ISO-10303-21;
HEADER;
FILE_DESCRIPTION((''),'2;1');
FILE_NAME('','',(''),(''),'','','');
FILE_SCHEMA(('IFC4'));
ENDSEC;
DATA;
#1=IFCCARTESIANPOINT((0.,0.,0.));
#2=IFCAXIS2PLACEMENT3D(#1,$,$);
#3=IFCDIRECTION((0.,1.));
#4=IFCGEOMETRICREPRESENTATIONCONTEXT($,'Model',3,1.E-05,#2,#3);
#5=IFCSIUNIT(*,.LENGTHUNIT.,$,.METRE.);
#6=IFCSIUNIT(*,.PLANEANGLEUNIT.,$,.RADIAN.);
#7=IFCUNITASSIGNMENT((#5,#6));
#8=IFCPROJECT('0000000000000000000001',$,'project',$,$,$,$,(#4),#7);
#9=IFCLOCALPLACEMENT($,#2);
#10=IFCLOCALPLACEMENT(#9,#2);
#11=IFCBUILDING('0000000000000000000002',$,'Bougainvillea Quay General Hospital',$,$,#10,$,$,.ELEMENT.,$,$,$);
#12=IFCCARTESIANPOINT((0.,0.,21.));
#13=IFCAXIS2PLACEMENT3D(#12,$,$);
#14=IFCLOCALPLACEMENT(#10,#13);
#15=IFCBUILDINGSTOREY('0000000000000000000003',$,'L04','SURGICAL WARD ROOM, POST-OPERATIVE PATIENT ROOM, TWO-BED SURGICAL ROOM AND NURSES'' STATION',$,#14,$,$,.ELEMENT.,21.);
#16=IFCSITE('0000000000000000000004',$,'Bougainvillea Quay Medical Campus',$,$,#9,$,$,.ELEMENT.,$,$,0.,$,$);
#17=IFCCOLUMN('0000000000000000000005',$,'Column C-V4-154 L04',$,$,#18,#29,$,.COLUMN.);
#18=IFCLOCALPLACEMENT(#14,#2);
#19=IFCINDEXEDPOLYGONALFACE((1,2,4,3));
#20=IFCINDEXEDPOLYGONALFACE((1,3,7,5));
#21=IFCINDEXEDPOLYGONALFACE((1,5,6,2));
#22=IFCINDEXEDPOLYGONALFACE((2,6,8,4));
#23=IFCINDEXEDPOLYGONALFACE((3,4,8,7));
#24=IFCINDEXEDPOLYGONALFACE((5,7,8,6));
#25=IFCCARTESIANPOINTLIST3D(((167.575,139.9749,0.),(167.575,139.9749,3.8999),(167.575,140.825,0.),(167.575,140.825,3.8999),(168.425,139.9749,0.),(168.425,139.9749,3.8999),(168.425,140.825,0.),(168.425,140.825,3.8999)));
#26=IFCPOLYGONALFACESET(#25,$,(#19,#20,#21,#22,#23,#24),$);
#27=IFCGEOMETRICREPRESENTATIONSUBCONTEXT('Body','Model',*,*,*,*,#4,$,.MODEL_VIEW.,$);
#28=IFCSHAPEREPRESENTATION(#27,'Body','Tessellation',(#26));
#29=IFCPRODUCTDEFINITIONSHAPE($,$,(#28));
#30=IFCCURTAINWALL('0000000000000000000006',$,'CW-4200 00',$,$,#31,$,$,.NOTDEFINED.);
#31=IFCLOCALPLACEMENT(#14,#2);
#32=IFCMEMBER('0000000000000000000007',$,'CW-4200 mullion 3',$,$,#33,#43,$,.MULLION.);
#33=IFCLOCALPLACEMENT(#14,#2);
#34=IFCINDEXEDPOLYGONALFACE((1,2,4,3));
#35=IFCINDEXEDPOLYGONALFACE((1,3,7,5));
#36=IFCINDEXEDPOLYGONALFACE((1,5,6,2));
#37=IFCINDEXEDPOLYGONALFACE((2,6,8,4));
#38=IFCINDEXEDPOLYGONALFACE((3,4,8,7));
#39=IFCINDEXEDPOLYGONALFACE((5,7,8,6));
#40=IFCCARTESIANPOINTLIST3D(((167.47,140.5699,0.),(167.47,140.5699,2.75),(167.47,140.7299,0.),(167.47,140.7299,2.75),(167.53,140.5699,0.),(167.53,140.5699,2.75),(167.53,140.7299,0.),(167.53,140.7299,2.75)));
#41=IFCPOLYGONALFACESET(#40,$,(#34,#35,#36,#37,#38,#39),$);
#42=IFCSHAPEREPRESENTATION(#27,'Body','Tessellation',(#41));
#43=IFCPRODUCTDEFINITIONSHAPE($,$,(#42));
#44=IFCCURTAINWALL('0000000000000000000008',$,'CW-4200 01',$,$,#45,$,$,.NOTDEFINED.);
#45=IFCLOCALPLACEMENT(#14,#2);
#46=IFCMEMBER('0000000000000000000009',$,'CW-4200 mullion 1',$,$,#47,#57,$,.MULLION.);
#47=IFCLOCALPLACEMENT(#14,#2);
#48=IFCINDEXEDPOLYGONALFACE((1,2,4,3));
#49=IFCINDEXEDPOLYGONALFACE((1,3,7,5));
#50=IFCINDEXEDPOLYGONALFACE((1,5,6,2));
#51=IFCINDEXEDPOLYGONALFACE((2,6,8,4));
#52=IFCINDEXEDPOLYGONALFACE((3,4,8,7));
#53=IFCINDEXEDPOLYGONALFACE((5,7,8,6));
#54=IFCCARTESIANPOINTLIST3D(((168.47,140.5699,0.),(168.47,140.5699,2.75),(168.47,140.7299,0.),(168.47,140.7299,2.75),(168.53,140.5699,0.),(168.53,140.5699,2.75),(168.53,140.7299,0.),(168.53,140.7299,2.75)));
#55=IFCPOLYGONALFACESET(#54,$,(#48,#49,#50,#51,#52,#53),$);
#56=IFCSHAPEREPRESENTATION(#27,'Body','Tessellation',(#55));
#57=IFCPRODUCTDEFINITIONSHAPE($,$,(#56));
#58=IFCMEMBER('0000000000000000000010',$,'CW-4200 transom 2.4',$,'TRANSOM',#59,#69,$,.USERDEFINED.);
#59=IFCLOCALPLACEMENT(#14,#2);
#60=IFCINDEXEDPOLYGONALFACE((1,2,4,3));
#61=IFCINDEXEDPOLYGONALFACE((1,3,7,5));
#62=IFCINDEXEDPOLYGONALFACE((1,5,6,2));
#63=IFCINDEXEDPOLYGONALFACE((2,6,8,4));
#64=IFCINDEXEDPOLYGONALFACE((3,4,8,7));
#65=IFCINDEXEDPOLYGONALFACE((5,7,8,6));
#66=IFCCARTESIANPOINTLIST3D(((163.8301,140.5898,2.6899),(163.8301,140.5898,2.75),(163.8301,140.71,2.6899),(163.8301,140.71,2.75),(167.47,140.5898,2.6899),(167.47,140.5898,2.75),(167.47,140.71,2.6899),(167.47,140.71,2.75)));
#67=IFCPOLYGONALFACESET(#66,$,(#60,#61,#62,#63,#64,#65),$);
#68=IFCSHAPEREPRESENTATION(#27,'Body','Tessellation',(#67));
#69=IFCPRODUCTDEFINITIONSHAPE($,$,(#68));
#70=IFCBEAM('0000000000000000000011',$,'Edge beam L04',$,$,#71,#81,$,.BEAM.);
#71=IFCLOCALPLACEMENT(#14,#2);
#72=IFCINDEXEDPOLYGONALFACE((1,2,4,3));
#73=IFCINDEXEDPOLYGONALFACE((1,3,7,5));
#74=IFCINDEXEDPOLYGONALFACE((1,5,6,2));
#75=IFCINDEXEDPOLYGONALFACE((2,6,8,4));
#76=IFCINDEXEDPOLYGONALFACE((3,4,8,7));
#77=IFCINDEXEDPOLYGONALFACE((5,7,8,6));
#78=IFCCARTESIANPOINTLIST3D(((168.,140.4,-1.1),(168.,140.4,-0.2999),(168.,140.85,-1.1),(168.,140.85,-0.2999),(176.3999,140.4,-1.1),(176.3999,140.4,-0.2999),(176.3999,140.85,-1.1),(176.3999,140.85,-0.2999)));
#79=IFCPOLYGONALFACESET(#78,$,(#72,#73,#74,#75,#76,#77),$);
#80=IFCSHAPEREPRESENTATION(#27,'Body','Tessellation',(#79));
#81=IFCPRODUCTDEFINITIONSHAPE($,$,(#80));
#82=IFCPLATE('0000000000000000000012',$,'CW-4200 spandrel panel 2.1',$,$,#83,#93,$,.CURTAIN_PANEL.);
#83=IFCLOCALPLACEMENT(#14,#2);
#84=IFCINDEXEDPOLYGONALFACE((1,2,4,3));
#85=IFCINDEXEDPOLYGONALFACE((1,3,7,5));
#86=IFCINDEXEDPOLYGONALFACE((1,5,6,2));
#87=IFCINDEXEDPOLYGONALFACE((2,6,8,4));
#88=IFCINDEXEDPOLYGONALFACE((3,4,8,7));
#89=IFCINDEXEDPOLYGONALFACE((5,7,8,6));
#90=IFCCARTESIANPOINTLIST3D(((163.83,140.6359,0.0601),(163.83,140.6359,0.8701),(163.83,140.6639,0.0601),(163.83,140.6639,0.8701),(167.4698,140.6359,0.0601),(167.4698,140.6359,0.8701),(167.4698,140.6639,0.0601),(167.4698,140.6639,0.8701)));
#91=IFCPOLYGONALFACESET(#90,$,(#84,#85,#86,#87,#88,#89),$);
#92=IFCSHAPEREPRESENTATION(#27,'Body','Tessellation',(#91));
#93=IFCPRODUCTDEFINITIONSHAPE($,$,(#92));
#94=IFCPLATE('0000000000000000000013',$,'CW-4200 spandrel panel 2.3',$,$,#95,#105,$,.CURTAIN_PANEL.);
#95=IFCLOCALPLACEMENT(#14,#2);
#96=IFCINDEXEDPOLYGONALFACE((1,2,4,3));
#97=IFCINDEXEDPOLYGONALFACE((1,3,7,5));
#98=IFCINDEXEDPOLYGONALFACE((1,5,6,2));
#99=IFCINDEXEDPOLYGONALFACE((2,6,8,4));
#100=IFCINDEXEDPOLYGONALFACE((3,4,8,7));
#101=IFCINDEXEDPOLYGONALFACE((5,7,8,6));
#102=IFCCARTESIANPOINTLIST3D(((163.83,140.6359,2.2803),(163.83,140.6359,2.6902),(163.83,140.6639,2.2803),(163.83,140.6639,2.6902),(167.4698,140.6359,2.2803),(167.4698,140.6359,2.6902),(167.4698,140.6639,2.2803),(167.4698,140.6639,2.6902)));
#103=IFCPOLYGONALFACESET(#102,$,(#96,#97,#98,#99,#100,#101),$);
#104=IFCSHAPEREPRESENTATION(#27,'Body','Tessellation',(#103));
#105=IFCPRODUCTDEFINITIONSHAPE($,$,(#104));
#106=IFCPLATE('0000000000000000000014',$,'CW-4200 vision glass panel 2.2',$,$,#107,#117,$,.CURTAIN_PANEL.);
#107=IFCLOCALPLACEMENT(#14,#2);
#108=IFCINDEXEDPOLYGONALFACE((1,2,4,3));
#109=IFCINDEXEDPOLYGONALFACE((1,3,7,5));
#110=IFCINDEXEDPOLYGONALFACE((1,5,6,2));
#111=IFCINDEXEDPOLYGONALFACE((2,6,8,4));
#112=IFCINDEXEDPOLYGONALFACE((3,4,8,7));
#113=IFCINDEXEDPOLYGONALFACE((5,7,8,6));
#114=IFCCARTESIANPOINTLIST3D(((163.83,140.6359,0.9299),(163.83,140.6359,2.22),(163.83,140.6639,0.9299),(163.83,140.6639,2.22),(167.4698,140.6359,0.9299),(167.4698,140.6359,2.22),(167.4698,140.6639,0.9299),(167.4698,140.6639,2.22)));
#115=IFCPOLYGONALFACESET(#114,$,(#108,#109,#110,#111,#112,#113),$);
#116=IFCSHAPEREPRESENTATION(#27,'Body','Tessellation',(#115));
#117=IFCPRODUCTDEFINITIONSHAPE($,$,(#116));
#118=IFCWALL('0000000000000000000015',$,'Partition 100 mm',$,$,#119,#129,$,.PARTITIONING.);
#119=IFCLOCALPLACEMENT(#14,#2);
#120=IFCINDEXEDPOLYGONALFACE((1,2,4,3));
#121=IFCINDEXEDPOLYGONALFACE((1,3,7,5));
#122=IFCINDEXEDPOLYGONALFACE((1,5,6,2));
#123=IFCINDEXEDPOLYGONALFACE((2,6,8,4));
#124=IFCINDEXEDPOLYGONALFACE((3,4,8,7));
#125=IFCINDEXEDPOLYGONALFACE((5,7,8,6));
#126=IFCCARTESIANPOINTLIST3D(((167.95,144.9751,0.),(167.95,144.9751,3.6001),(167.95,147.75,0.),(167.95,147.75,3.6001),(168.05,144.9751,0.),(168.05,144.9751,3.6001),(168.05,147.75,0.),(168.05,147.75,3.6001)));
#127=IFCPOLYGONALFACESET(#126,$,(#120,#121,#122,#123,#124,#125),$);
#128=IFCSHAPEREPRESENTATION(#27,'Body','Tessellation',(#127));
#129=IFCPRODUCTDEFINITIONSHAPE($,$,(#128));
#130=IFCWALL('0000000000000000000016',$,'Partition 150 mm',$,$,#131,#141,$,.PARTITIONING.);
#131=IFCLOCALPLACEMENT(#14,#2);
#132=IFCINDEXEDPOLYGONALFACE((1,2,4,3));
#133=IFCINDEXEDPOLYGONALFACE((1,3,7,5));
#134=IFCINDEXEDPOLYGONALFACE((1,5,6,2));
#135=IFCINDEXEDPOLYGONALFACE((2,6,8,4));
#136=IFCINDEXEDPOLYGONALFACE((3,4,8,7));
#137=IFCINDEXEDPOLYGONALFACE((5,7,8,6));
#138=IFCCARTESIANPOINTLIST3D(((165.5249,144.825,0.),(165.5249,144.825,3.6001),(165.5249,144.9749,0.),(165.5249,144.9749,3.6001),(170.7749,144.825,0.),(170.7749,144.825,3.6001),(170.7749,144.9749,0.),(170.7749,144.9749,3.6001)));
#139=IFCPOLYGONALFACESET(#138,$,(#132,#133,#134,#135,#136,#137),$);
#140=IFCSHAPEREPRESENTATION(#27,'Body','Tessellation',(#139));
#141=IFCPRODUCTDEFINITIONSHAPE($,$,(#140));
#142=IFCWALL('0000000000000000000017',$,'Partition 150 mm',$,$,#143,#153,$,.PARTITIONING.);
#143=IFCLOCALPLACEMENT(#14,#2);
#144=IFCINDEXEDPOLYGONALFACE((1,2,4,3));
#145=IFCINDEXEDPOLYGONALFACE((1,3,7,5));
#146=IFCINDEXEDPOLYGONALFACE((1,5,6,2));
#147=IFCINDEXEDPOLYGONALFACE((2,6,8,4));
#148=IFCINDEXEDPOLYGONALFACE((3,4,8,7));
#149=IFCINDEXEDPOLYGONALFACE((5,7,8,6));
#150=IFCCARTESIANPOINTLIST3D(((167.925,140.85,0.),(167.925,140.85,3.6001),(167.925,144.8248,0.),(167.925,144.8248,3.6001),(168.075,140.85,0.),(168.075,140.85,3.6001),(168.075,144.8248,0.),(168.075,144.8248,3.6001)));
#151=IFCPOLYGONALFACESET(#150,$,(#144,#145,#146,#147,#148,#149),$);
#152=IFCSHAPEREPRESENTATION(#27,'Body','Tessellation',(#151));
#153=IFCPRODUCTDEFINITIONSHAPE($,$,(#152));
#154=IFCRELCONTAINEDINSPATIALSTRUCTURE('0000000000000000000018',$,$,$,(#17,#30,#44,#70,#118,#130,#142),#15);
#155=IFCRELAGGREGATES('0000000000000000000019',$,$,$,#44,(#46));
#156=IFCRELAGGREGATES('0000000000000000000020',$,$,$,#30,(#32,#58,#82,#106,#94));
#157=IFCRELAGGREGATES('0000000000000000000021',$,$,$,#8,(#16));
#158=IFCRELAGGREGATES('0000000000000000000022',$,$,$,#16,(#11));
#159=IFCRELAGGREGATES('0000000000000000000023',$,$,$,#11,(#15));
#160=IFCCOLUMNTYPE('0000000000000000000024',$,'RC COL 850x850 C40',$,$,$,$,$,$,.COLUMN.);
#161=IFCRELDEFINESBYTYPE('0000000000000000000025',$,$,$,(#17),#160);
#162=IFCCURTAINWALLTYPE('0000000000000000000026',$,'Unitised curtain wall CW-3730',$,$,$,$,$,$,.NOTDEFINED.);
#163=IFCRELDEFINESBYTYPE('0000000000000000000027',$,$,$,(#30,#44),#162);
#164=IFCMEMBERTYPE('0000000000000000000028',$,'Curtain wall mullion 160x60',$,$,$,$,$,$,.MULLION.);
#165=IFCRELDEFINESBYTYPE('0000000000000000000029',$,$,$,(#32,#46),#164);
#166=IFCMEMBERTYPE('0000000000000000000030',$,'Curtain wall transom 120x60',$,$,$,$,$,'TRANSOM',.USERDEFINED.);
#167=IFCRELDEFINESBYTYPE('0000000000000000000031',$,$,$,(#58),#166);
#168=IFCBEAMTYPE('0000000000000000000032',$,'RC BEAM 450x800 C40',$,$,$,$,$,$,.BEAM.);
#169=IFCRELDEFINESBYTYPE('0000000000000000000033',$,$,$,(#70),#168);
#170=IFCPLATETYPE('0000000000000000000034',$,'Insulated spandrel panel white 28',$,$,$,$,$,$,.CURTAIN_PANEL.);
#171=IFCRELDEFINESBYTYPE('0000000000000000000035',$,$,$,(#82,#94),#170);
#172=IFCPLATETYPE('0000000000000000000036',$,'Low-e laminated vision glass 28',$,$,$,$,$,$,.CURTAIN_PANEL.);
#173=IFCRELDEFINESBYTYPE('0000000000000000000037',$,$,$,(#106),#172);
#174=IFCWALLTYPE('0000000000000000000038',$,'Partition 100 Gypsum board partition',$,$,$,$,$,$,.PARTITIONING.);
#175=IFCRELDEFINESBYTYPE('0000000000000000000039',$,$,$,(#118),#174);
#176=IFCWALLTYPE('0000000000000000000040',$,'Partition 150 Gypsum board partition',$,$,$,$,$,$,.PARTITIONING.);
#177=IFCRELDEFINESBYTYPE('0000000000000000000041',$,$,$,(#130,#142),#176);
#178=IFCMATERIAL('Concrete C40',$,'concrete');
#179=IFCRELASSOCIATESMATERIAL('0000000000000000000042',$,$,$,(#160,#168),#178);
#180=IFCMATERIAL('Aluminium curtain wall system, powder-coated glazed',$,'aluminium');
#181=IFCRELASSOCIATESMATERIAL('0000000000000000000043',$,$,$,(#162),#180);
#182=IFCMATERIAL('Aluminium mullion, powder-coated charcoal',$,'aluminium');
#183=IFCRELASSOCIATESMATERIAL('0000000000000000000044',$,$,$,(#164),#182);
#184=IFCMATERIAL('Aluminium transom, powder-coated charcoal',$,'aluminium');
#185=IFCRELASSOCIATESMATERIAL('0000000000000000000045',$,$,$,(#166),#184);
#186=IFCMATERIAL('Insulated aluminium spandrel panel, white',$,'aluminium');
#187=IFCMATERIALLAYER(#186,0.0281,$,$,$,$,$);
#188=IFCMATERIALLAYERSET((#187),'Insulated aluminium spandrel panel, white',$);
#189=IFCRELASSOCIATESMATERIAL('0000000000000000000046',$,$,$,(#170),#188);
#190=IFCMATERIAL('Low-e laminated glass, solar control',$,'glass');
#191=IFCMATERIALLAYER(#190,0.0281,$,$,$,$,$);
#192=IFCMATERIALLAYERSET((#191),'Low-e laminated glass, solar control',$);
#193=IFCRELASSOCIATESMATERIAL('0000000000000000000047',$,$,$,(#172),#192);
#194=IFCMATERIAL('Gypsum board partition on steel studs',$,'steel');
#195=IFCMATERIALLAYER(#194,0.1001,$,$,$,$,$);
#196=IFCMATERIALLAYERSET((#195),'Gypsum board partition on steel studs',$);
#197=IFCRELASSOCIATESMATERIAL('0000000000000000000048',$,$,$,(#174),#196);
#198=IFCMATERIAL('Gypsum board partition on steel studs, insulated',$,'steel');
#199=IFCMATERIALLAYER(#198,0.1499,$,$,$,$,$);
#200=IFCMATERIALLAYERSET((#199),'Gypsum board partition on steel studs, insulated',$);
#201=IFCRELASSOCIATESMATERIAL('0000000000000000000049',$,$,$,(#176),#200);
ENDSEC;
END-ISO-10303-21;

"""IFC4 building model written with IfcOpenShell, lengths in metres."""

from ifc_helpers import new_model, si_unit, direction, frame, frame_2d, origin, origin_2d, place, context, subcontext, project, spatial, rectangle, extrude, material, layer, layer_set, material_profile, profile_set, type_object, element, aggregate, save


model = new_model("IFC4")

# Units and contexts
model_context = context("Model", 3, precision=1e-05, world=origin(), true_north=direction((0.0, 1.0)))
body_context = subcontext(model_context, "Body", "Model", "MODEL_VIEW")
ifc_project = project(units=[si_unit("LENGTHUNIT", "METRE"), si_unit("PLANEANGLEUNIT", "RADIAN")], contexts=[model_context])

# Site, building, storey
site_placement = place(None, origin())
site = spatial("IfcSite", under=ifc_project, at=site_placement, Name="Bougainvillea Quay Medical Campus", CompositionType="ELEMENT", RefElevation=0.0)
building_placement = place(site_placement, origin())
building = spatial("IfcBuilding", under=site, at=building_placement, Name="Bougainvillea Quay General Hospital", CompositionType="ELEMENT")
storey_placement = place(building_placement, frame((0.0, 0.0, 21.0)))
storey = spatial("IfcBuildingStorey", under=building, at=storey_placement, Name="L04", Description="SURGICAL WARD ROOM, POST-OPERATIVE PATIENT ROOM, TWO-BED SURGICAL ROOM AND NURSES' STATION", CompositionType="ELEMENT", Elevation=21.0)

# Column
ifc_material_1 = material(Name="Concrete C40", Category="concrete")
ifc_material_profile_1 = material_profile(ifc_material_1, rectangle(XDim=0.8501, YDim=0.8501, at=origin_2d()))
ifc_profile_set_1 = profile_set([ifc_material_profile_1], Name="Concrete C40")
column_type = type_object("IfcColumnType", Name="RC COL 850x850 C40", PredefinedType="COLUMN", material=ifc_profile_set_1)
column_placement = place(storey_placement, frame((168.0, 140.3999, 0.0), z_axis=(0.0, 0.0, 1.0), x_axis=(1.0, 0.0, 0.0)))
element("IfcColumn", 1, at=column_placement, inside=storey, type_object=column_type, Name="Column C-V4-154 L04", PredefinedType="COLUMN", context=body_context, shape_type="SweptSolid", body=[
    extrude(rectangle(XDim=0.8501, YDim=0.8501, at=origin_2d()), origin(), (0.0, 0.0, 1.0), 3.8999),
])

# Curtain walls, members
ifc_material_2 = material(Name="Aluminium curtain wall system, powder-coated glazed", Category="aluminium")
curtain_wall_type = type_object("IfcCurtainWallType", Name="Unitised curtain wall CW-3730", PredefinedType="NOTDEFINED", material=ifc_material_2)
curtain_wall_1_placement = place(storey_placement, origin())
curtain_wall_1 = element("IfcCurtainWall", 2, at=curtain_wall_1_placement, inside=storey, type_object=curtain_wall_type, Name="CW-4200 00", PredefinedType="NOTDEFINED")
ifc_material_3 = material(Name="Aluminium mullion, powder-coated charcoal", Category="aluminium")
ifc_material_profile_2 = material_profile(ifc_material_3, rectangle(XDim=0.1599, YDim=0.0601, at=origin_2d()))
ifc_profile_set_2 = profile_set([ifc_material_profile_2], Name="Aluminium mullion, powder-coated charcoal")
member_type_1 = type_object("IfcMemberType", Name="Curtain wall mullion 160x60", PredefinedType="MULLION", material=ifc_profile_set_2)
member_1_placement = place(storey_placement, frame((167.5, 140.6499, 0.0), z_axis=(0.0, 0.0, 1.0), x_axis=(0.0, 1.0, 0.0)))
member_1 = element("IfcMember", 3, at=member_1_placement, type_object=member_type_1, Name="CW-4200 mullion 3", PredefinedType="MULLION", context=body_context, shape_type="SweptSolid", body=[
    extrude(rectangle(XDim=0.1599, YDim=0.0601, at=origin_2d()), origin(), (0.0, 0.0, 1.0), 2.75),
])
curtain_wall_2_placement = place(storey_placement, origin())
curtain_wall_2 = element("IfcCurtainWall", 4, at=curtain_wall_2_placement, inside=storey, type_object=curtain_wall_type, Name="CW-4200 01", PredefinedType="NOTDEFINED")
member_2_placement = place(storey_placement, frame((168.5, 140.6499, 0.0), z_axis=(0.0, 0.0, 1.0), x_axis=(0.0, 1.0, 0.0)))
member_2 = element("IfcMember", 5, at=member_2_placement, type_object=member_type_1, Name="CW-4200 mullion 1", PredefinedType="MULLION", context=body_context, shape_type="SweptSolid", body=[
    extrude(rectangle(XDim=0.1599, YDim=0.0601, at=origin_2d()), origin(), (0.0, 0.0, 1.0), 2.75),
])
aggregate(curtain_wall_2, [member_2])

# Member
ifc_material_4 = material(Name="Aluminium transom, powder-coated charcoal", Category="aluminium")
ifc_material_profile_3 = material_profile(ifc_material_4, rectangle(XDim=0.1201, YDim=0.0601, at=origin_2d()))
ifc_profile_set_3 = profile_set([ifc_material_profile_3], Name="Aluminium transom, powder-coated charcoal")
member_type_2 = type_object("IfcMemberType", Name="Curtain wall transom 120x60", ElementType="TRANSOM", PredefinedType="USERDEFINED", material=ifc_profile_set_3)
member_3_placement = place(storey_placement, frame((163.8301, 140.6499, 2.72), z_axis=(1.0, 0.0, 0.0), x_axis=(0.0, 1.0, 0.0)))
member_3 = element("IfcMember", 6, at=member_3_placement, type_object=member_type_2, Name="CW-4200 transom 2.4", ObjectType="TRANSOM", PredefinedType="USERDEFINED", context=body_context, shape_type="SweptSolid", body=[
    extrude(rectangle(XDim=0.1201, YDim=0.0601, at=origin_2d()), origin(), (0.0, 0.0, 1.0), 3.6399),
])

# Beam
ifc_material_profile_4 = material_profile(ifc_material_1, rectangle(XDim=0.45, YDim=0.8, at=origin_2d()))
ifc_profile_set_4 = profile_set([ifc_material_profile_4], Name="Concrete C40")
beam_type = type_object("IfcBeamType", Name="RC BEAM 450x800 C40", PredefinedType="BEAM", material=ifc_profile_set_4)
beam_placement = place(storey_placement, frame((168.0, 140.625, -0.7), z_axis=(1.0, 0.0, 0.0), x_axis=(0.0, 1.0, 0.0)))
element("IfcBeam", 7, at=beam_placement, inside=storey, type_object=beam_type, Name="Edge beam L04", PredefinedType="BEAM", context=body_context, shape_type="SweptSolid", body=[
    extrude(rectangle(XDim=0.45, YDim=0.8, at=origin_2d()), origin(), (0.0, 0.0, 1.0), 8.3999),
])

# Plates
ifc_material_5 = material(Name="Insulated aluminium spandrel panel, white", Category="aluminium")
ifc_layer_1 = layer(ifc_material_5, 0.0281)
ifc_layer_set_1 = layer_set([ifc_layer_1], Name="Insulated aluminium spandrel panel, white")
plate_type_1 = type_object("IfcPlateType", Name="Insulated spandrel panel white 28", PredefinedType="CURTAIN_PANEL", material=ifc_layer_set_1)
plate_1_placement = place(storey_placement, frame((165.6499, 140.6499, 0.0601), z_axis=(0.0, 0.0, 1.0), x_axis=(1.0, 0.0, 0.0)))
plate_1 = element("IfcPlate", 8, at=plate_1_placement, type_object=plate_type_1, Name="CW-4200 spandrel panel 2.1", PredefinedType="CURTAIN_PANEL", context=body_context, shape_type="SweptSolid", body=[
    extrude(rectangle(XDim=3.6399, YDim=0.0281, at=origin_2d()), origin(), (0.0, 0.0, 1.0), 0.8101),
])
plate_2_placement = place(storey_placement, frame((165.6499, 140.6499, 2.2803), z_axis=(0.0, 0.0, 1.0), x_axis=(1.0, 0.0, 0.0)))
plate_2 = element("IfcPlate", 9, at=plate_2_placement, type_object=plate_type_1, Name="CW-4200 spandrel panel 2.3", PredefinedType="CURTAIN_PANEL", context=body_context, shape_type="SweptSolid", body=[
    extrude(rectangle(XDim=3.6399, YDim=0.0281, at=origin_2d()), origin(), (0.0, 0.0, 1.0), 0.4099),
])
ifc_material_6 = material(Name="Low-e laminated glass, solar control", Category="glass")
ifc_layer_2 = layer(ifc_material_6, 0.0281)
ifc_layer_set_2 = layer_set([ifc_layer_2], Name="Low-e laminated glass, solar control")
plate_type_2 = type_object("IfcPlateType", Name="Low-e laminated vision glass 28", PredefinedType="CURTAIN_PANEL", material=ifc_layer_set_2)
plate_3_placement = place(storey_placement, frame((165.6499, 140.6499, 0.9299), z_axis=(0.0, 0.0, 1.0), x_axis=(1.0, 0.0, 0.0)))
plate_3 = element("IfcPlate", 10, at=plate_3_placement, type_object=plate_type_2, Name="CW-4200 vision glass panel 2.2", PredefinedType="CURTAIN_PANEL", context=body_context, shape_type="SweptSolid", body=[
    extrude(rectangle(XDim=3.6399, YDim=0.0281, at=origin_2d()), origin(), (0.0, 0.0, 1.0), 1.29),
])
aggregate(curtain_wall_1, [member_1, member_3, plate_1, plate_3, plate_2])

# Walls
ifc_material_7 = material(Name="Gypsum board partition on steel studs", Category="steel")
ifc_layer_3 = layer(ifc_material_7, 0.1001)
ifc_layer_set_3 = layer_set([ifc_layer_3], Name="Gypsum board partition on steel studs")
wall_type_1 = type_object("IfcWallType", Name="Partition 100 Gypsum board partition", PredefinedType="PARTITIONING", material=ifc_layer_set_3)
wall_1_placement = place(storey_placement, frame((168.0, 144.9751, 0.0), z_axis=(0.0, 0.0, 1.0), x_axis=(0.0, 1.0, 0.0)))
element("IfcWall", 11, at=wall_1_placement, inside=storey, type_object=wall_type_1, Name="Partition 100 mm", PredefinedType="PARTITIONING", context=body_context, shape_type="SweptSolid", body=[
    extrude(rectangle(XDim=2.7749, YDim=0.1001, at=frame_2d((1.3875, 0.0))), origin(), (0.0, 0.0, 1.0), 3.6001),
])
ifc_material_8 = material(Name="Gypsum board partition on steel studs, insulated", Category="steel")
ifc_layer_4 = layer(ifc_material_8, 0.1499)
ifc_layer_set_4 = layer_set([ifc_layer_4], Name="Gypsum board partition on steel studs, insulated")
wall_type_2 = type_object("IfcWallType", Name="Partition 150 Gypsum board partition", PredefinedType="PARTITIONING", material=ifc_layer_set_4)
wall_2_placement = place(storey_placement, frame((165.5249, 144.8999, 0.0), z_axis=(0.0, 0.0, 1.0), x_axis=(1.0, 0.0, 0.0)))
element("IfcWall", 12, at=wall_2_placement, inside=storey, type_object=wall_type_2, Name="Partition 150 mm", PredefinedType="PARTITIONING", context=body_context, shape_type="SweptSolid", body=[
    extrude(rectangle(XDim=5.25, YDim=0.1499, at=frame_2d((2.625, 0.0))), origin(), (0.0, 0.0, 1.0), 3.6001),
])
wall_3_placement = place(storey_placement, frame((168.0, 140.8501, 0.0), z_axis=(0.0, 0.0, 1.0), x_axis=(0.0, 1.0, 0.0)))
element("IfcWall", 13, at=wall_3_placement, inside=storey, type_object=wall_type_2, Name="Partition 150 mm", PredefinedType="PARTITIONING", context=body_context, shape_type="SweptSolid", body=[
    extrude(rectangle(XDim=3.9749, YDim=0.1499, at=frame_2d((1.9873, 0.0))), origin(), (0.0, 0.0, 1.0), 3.6001),
])

save(model, "model.ifc")
